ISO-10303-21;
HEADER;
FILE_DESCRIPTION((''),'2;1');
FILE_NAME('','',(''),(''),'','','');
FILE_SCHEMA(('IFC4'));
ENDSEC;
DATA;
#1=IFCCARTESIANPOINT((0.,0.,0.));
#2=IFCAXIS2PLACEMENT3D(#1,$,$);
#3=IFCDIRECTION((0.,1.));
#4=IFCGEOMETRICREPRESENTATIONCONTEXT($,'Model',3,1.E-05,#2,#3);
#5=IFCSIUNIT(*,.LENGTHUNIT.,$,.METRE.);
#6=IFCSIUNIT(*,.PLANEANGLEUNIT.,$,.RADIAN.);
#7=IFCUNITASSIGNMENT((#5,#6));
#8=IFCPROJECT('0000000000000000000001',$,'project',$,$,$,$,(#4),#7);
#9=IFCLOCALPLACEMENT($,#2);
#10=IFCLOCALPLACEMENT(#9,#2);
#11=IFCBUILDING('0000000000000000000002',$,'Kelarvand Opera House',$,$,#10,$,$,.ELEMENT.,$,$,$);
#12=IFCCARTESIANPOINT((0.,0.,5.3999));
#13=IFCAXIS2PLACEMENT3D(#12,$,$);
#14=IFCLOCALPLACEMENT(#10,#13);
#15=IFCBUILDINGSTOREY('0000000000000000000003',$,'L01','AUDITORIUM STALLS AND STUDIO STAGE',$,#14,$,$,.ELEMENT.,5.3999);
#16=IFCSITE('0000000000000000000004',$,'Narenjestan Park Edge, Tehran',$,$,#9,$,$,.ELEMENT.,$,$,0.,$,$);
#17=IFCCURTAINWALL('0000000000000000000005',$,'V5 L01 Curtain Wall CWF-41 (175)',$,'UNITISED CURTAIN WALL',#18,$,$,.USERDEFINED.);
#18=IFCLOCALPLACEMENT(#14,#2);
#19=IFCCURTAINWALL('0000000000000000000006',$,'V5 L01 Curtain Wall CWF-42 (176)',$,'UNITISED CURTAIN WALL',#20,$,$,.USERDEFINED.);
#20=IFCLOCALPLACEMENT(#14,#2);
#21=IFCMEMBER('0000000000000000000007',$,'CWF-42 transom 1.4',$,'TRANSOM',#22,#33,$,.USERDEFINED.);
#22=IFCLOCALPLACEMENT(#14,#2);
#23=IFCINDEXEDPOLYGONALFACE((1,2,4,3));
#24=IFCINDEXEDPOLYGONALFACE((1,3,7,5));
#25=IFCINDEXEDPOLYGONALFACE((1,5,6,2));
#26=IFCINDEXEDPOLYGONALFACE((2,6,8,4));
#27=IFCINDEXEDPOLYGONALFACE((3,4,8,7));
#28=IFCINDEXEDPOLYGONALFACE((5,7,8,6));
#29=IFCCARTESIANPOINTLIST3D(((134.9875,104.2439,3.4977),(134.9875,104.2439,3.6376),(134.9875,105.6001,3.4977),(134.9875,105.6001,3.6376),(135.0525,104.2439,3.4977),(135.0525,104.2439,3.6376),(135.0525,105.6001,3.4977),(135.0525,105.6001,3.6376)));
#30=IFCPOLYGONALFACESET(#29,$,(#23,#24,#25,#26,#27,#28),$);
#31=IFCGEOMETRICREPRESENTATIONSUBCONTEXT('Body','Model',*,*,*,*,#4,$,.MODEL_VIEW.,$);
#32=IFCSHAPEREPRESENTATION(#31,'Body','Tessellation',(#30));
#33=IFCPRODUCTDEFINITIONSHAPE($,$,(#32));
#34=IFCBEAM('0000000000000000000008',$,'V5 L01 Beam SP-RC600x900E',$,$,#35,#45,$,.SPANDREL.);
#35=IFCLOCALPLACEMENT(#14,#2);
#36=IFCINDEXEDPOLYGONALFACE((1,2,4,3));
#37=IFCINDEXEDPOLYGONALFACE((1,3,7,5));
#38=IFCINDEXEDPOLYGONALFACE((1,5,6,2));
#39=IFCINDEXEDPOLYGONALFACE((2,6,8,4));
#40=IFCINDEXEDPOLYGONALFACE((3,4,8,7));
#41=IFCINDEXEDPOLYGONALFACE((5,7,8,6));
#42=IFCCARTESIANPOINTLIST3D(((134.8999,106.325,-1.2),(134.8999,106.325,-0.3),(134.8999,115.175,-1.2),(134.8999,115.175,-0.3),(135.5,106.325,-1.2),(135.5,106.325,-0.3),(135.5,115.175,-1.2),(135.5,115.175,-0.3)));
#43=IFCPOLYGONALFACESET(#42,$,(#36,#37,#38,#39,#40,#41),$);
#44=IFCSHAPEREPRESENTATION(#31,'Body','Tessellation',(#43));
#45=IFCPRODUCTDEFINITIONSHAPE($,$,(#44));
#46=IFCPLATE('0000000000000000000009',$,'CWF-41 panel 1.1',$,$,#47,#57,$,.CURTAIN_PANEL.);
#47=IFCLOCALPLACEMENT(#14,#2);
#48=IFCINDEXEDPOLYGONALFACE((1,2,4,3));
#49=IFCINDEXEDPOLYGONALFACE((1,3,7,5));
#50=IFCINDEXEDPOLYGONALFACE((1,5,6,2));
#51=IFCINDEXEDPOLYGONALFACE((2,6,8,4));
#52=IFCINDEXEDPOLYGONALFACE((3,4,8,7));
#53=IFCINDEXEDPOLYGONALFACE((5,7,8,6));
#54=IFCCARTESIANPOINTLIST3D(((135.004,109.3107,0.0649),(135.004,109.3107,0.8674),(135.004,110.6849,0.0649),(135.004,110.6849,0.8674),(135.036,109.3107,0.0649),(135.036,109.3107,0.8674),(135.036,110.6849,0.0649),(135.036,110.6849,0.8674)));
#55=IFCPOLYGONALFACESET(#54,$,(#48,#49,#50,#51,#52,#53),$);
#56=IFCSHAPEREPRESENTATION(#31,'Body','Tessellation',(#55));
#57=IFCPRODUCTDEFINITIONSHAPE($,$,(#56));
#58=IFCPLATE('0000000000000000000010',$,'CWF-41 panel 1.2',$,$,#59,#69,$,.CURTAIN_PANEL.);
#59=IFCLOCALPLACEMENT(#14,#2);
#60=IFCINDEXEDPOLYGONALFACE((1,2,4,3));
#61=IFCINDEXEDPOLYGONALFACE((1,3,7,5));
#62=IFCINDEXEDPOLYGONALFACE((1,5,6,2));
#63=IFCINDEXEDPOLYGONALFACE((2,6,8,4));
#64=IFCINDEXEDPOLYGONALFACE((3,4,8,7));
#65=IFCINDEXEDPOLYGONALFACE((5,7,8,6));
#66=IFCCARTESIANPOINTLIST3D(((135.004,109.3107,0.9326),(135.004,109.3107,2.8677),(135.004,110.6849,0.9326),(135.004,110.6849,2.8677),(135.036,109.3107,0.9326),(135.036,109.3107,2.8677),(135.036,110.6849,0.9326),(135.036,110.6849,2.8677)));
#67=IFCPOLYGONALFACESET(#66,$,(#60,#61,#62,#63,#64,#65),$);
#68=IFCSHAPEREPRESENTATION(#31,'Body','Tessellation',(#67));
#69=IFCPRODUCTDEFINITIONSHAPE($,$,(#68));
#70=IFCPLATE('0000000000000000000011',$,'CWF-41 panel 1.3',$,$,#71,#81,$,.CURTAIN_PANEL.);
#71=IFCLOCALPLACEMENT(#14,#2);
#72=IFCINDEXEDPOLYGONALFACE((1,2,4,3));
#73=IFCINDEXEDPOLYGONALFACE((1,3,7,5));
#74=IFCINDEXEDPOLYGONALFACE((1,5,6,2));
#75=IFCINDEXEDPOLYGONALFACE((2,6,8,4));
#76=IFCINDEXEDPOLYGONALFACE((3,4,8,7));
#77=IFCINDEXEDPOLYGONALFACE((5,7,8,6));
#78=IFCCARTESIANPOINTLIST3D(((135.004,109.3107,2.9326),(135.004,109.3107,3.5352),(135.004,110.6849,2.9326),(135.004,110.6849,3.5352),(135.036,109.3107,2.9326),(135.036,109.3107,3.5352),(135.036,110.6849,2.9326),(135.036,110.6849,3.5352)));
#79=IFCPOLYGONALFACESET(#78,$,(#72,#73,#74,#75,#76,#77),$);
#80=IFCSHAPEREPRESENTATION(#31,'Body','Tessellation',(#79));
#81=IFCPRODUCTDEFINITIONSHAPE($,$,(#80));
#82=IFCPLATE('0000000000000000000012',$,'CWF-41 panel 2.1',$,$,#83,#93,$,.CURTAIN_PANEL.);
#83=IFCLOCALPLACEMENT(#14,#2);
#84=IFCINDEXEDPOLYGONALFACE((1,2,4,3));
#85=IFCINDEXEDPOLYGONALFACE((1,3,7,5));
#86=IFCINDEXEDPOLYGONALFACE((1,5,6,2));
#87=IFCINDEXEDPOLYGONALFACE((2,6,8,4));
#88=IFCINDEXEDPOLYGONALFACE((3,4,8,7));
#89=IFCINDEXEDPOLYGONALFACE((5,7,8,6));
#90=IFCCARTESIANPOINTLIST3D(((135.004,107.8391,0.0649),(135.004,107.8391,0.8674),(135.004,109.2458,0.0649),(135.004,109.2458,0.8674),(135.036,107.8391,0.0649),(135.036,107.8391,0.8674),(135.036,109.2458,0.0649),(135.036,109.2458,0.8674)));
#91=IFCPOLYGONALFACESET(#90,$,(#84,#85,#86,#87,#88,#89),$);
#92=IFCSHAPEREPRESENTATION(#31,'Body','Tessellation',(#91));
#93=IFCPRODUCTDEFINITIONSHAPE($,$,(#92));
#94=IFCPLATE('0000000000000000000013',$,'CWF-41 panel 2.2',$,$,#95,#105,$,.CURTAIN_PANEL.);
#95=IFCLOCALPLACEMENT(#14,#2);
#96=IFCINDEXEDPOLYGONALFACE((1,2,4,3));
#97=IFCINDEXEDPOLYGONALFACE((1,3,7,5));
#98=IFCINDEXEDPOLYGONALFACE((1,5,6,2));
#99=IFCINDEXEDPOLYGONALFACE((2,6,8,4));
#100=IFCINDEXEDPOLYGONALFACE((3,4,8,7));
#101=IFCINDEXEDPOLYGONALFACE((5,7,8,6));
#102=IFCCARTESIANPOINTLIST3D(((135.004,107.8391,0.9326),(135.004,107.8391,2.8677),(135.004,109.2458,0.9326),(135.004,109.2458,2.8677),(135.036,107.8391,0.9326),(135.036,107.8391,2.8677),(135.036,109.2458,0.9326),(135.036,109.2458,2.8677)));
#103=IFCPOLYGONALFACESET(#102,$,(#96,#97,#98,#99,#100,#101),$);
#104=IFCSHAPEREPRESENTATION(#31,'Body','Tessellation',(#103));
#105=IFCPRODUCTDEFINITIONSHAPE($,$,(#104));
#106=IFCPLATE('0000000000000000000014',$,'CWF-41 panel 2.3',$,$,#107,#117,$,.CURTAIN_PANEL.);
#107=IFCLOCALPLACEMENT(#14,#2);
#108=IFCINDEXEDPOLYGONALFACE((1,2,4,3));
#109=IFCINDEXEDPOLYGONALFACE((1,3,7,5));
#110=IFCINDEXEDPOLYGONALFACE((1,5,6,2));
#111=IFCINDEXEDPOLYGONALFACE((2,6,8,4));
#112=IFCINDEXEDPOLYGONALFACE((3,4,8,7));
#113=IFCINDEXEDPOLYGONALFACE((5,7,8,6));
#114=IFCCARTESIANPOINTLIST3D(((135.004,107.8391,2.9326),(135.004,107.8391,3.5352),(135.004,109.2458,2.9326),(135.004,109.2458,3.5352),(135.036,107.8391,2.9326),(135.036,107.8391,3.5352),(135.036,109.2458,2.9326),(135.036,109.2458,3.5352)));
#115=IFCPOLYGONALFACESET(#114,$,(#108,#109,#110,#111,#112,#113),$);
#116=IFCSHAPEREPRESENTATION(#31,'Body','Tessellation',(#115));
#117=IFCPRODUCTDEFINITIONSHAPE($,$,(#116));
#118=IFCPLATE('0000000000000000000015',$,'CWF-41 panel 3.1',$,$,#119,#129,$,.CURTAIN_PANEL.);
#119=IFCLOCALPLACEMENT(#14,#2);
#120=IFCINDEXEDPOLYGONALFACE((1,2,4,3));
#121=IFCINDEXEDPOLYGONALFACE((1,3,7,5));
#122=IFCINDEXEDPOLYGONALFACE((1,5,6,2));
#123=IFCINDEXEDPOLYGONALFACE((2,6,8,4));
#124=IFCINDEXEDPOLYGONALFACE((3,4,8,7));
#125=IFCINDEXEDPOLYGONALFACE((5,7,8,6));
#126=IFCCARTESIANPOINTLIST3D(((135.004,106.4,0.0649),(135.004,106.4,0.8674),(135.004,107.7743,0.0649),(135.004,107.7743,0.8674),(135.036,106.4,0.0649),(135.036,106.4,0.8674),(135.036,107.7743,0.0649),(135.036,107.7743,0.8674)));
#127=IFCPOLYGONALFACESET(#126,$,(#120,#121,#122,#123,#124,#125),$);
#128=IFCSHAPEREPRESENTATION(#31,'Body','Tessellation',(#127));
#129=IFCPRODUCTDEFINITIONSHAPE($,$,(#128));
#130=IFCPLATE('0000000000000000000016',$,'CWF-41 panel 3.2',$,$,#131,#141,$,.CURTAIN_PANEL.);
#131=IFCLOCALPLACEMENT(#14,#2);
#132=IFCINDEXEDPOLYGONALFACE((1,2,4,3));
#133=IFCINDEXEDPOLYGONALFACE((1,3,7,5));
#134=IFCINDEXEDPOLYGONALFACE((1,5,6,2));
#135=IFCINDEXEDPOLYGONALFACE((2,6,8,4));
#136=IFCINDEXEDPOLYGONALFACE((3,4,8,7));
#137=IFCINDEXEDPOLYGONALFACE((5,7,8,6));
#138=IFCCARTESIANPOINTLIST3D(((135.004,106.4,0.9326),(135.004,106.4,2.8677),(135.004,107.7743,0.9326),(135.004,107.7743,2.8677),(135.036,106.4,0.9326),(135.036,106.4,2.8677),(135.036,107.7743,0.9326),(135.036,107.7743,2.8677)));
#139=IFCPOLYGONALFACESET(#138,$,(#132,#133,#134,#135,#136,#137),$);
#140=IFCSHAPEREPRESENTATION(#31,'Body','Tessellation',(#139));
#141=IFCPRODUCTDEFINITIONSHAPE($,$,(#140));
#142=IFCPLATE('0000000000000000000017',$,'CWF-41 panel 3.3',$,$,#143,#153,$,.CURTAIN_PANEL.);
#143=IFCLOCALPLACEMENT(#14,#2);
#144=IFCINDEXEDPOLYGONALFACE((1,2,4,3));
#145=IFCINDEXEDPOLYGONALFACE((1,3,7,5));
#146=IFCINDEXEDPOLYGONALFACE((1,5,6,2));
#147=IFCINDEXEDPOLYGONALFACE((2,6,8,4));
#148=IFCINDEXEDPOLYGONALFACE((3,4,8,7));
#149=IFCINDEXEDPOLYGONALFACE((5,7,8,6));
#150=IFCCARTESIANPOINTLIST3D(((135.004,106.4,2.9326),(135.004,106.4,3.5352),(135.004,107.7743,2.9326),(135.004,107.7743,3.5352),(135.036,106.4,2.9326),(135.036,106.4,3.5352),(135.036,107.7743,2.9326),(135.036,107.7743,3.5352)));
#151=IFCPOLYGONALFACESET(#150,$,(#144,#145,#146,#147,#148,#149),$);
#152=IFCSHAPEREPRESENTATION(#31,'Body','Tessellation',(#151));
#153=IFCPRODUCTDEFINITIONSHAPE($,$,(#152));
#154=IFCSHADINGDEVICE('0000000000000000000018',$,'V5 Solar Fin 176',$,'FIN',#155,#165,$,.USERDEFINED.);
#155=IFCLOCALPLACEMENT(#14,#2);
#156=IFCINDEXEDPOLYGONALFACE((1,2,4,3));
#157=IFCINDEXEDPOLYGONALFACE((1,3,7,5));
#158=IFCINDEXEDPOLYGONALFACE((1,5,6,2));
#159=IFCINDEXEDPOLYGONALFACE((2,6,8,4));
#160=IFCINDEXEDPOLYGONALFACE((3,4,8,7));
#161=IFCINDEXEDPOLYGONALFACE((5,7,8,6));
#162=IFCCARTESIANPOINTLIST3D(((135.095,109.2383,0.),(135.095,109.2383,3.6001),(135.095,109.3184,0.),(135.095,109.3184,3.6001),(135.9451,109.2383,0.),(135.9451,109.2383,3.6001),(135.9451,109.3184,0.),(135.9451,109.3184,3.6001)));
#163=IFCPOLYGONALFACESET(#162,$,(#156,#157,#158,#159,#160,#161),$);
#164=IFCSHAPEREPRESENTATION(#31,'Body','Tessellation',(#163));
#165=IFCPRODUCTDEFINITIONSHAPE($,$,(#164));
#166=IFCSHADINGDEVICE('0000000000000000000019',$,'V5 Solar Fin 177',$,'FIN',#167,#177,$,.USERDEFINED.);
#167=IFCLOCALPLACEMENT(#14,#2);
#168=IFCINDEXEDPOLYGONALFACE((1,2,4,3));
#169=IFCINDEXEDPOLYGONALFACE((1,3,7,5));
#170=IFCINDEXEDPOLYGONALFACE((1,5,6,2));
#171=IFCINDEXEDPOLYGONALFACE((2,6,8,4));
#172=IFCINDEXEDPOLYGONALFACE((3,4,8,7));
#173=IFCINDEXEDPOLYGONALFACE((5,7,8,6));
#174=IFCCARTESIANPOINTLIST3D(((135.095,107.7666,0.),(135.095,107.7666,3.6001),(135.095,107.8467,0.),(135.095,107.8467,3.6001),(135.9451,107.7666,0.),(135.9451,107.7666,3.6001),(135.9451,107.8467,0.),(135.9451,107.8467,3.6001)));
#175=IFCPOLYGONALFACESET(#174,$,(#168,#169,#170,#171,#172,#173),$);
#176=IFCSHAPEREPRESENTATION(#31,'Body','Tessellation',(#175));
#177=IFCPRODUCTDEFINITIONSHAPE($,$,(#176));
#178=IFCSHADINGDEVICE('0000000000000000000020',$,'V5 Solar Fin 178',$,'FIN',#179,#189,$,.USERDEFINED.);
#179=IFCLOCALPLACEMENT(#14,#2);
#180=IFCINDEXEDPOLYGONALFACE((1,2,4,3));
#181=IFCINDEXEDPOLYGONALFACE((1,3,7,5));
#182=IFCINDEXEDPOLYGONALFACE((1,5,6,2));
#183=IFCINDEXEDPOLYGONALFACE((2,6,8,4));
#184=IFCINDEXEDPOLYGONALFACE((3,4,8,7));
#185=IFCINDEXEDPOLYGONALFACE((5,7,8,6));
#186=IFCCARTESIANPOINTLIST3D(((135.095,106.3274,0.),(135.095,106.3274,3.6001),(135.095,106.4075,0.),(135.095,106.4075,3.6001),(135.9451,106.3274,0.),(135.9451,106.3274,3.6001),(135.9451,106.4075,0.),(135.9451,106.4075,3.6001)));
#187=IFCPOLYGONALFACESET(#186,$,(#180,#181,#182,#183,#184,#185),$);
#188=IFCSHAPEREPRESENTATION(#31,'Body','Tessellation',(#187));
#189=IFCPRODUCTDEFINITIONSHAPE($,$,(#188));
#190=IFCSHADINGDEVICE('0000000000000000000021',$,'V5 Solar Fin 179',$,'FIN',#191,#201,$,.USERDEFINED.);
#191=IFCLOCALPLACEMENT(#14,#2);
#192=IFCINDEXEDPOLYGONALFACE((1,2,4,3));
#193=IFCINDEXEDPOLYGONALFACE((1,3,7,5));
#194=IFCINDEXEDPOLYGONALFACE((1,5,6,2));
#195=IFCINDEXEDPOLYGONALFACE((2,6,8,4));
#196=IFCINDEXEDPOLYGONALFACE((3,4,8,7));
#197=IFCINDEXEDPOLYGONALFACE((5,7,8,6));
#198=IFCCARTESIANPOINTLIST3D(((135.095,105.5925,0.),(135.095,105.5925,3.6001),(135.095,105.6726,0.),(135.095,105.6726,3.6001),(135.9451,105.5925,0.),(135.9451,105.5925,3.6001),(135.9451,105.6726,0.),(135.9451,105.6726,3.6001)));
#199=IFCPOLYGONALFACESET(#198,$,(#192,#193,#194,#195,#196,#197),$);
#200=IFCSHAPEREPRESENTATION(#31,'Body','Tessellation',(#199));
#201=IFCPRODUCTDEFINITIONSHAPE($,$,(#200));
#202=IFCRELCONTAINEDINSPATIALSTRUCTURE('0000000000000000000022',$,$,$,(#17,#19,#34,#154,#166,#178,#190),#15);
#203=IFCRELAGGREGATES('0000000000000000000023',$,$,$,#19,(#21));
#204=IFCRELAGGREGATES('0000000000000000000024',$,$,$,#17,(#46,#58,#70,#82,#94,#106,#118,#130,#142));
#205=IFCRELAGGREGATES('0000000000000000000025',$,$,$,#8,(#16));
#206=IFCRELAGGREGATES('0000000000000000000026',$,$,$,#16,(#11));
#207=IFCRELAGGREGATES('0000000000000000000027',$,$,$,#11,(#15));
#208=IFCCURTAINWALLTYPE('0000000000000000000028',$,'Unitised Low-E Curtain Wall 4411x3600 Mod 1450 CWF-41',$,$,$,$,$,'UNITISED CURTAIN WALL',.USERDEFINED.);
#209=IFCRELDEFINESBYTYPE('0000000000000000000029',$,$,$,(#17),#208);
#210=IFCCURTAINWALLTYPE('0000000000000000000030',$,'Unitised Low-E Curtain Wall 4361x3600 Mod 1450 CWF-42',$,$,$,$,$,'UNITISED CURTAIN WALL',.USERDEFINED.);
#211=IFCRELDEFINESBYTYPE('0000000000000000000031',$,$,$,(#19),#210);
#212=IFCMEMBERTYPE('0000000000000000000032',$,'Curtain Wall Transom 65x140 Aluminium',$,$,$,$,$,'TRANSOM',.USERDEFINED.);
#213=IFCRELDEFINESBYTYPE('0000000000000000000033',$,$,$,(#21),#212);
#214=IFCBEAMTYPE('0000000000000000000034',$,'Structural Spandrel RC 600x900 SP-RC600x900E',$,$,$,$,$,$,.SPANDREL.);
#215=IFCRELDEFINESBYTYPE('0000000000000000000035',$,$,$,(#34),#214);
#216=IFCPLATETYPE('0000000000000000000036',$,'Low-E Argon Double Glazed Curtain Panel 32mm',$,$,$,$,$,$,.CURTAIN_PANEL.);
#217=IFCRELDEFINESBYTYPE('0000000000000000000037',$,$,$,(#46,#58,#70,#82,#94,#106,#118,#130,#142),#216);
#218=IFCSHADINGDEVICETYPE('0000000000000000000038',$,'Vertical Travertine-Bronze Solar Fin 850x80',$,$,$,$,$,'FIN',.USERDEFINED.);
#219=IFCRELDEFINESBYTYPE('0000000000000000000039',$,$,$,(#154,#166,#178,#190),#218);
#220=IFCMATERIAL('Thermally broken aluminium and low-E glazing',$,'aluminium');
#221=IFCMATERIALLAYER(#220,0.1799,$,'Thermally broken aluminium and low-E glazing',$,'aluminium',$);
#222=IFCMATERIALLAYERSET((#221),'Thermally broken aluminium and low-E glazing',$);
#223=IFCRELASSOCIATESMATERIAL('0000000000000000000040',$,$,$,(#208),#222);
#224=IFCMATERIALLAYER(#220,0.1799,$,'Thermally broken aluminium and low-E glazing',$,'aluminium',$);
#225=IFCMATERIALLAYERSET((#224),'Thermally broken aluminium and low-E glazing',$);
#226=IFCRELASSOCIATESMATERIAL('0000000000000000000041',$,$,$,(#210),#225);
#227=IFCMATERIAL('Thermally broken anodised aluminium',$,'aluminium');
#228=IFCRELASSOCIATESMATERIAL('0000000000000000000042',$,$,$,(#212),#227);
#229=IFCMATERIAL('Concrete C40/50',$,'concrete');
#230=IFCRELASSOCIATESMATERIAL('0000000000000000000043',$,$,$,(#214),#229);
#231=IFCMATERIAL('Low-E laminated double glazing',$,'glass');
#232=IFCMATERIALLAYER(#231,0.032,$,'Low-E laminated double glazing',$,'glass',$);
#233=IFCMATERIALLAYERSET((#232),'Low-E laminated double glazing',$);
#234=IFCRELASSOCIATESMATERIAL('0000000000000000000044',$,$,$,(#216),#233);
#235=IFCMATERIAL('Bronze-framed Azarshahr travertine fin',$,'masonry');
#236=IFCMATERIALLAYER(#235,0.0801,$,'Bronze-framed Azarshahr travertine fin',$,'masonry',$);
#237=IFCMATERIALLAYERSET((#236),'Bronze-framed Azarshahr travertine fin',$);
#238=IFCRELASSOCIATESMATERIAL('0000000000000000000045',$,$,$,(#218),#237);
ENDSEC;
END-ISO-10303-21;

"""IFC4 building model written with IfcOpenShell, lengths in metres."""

from ifc_helpers import new_model, si_unit, direction, frame, origin, origin_2d, place, context, subcontext, project, spatial, rectangle, extrude, material, layer, layer_set, material_profile, profile_set, type_object, element, aggregate, save


model = new_model("IFC4")

# Units and contexts
model_context = context("Model", 3, precision=1e-05, world=origin(), true_north=direction((0.0, 1.0)))
body_context = subcontext(model_context, "Body", "Model", "MODEL_VIEW")
ifc_project = project(units=[si_unit("LENGTHUNIT", "METRE"), si_unit("PLANEANGLEUNIT", "RADIAN")], contexts=[model_context])

# Site, building, storey
site_placement = place(None, origin())
site = spatial("IfcSite", under=ifc_project, at=site_placement, Name="Narenjestan Park Edge, Tehran", CompositionType="ELEMENT", RefElevation=0.0)
building_placement = place(site_placement, origin())
building = spatial("IfcBuilding", under=site, at=building_placement, Name="Kelarvand Opera House", CompositionType="ELEMENT")
storey_placement = place(building_placement, frame((0.0, 0.0, 5.3999)))
storey = spatial("IfcBuildingStorey", under=building, at=storey_placement, Name="L01", Description="AUDITORIUM STALLS AND STUDIO STAGE", CompositionType="ELEMENT", Elevation=5.3999)

# Shared definitions
ifc_material_1 = material(Name="Concrete C40/50", Category="concrete")

# Curtain wall
ifc_material_2 = material(Name="Thermally broken aluminium and low-E glazing", Category="aluminium")
ifc_layer_1 = layer(ifc_material_2, 0.1799, Name="Thermally broken aluminium and low-E glazing", Category="aluminium")
ifc_layer_set_1 = layer_set([ifc_layer_1], Name="Thermally broken aluminium and low-E glazing")
curtain_wall_type_1 = type_object("IfcCurtainWallType", Name="Unitised Low-E Curtain Wall 4411x3600 Mod 1450 CWF-41", ElementType="UNITISED CURTAIN WALL", PredefinedType="USERDEFINED", material=ifc_layer_set_1)
curtain_wall_1_placement = place(storey_placement, origin())
curtain_wall_1 = element("IfcCurtainWall", 1, at=curtain_wall_1_placement, inside=storey, type_object=curtain_wall_type_1, Name="V5 L01 Curtain Wall CWF-41 (175)", ObjectType="UNITISED CURTAIN WALL", PredefinedType="USERDEFINED")
ifc_material_3 = material(Name="Thermally broken anodised aluminium", Category="aluminium")

# Curtain wall
ifc_layer_2 = layer(ifc_material_2, 0.1799, Name="Thermally broken aluminium and low-E glazing", Category="aluminium")
ifc_layer_set_2 = layer_set([ifc_layer_2], Name="Thermally broken aluminium and low-E glazing")
curtain_wall_type_2 = type_object("IfcCurtainWallType", Name="Unitised Low-E Curtain Wall 4361x3600 Mod 1450 CWF-42", ElementType="UNITISED CURTAIN WALL", PredefinedType="USERDEFINED", material=ifc_layer_set_2)
curtain_wall_2_placement = place(storey_placement, origin())
curtain_wall_2 = element("IfcCurtainWall", 2, at=curtain_wall_2_placement, inside=storey, type_object=curtain_wall_type_2, Name="V5 L01 Curtain Wall CWF-42 (176)", ObjectType="UNITISED CURTAIN WALL", PredefinedType="USERDEFINED")

# Member
ifc_material_profile_1 = material_profile(ifc_material_3, rectangle(XDim=0.0649, YDim=0.1399, at=origin_2d()), Name="ALU TRANSOM 65x140", Category="aluminium")
ifc_profile_set_1 = profile_set([ifc_material_profile_1], Name="Thermally broken anodised aluminium")
member_type_1 = type_object("IfcMemberType", Name="Curtain Wall Transom 65x140 Aluminium", ElementType="TRANSOM", PredefinedType="USERDEFINED", material=ifc_profile_set_1)
member_1_placement = place(storey_placement, frame((135.02, 105.6001, 3.5676), z_axis=(0.0, -1.0, 0.0), x_axis=(1.0, 0.0, 0.0)))
member_1 = element("IfcMember", 3, at=member_1_placement, type_object=member_type_1, Name="CWF-42 transom 1.4", ObjectType="TRANSOM", PredefinedType="USERDEFINED", context=body_context, shape_type="SweptSolid", body=[
    extrude(rectangle(XDim=0.0649, YDim=0.1399, at=origin_2d()), origin(), (0.0, 0.0, 1.0), 1.3562),
])
aggregate(curtain_wall_2, [member_1])

# Beam
ifc_material_profile_2 = material_profile(ifc_material_1, rectangle(XDim=0.6001, YDim=0.8999, at=origin_2d()), Name="RC 600x900", Category="concrete")
ifc_profile_set_2 = profile_set([ifc_material_profile_2], Name="Concrete C40/50")
beam_type = type_object("IfcBeamType", Name="Structural Spandrel RC 600x900 SP-RC600x900E", PredefinedType="SPANDREL", material=ifc_profile_set_2)
beam_placement = place(storey_placement, frame((135.2, 106.325, -0.75), z_axis=(0.0, 1.0, 0.0), x_axis=(-1.0, 0.0, 0.0)))
element("IfcBeam", 4, at=beam_placement, inside=storey, type_object=beam_type, Name="V5 L01 Beam SP-RC600x900E", PredefinedType="SPANDREL", context=body_context, shape_type="SweptSolid", body=[
    extrude(rectangle(XDim=0.6001, YDim=0.8999, at=origin_2d()), origin(), (0.0, 0.0, 1.0), 8.8501),
])

# Plates
ifc_material_4 = material(Name="Low-E laminated double glazing", Category="glass")
ifc_layer_3 = layer(ifc_material_4, 0.032, Name="Low-E laminated double glazing", Category="glass")
ifc_layer_set_3 = layer_set([ifc_layer_3], Name="Low-E laminated double glazing")
plate_type = type_object("IfcPlateType", Name="Low-E Argon Double Glazed Curtain Panel 32mm", PredefinedType="CURTAIN_PANEL", material=ifc_layer_set_3)
plate_1_placement = place(storey_placement, frame((135.02, 109.9978, 0.0649), z_axis=(0.0, 0.0, 1.0), x_axis=(0.0, -1.0, 0.0)))
plate_1 = element("IfcPlate", 5, at=plate_1_placement, type_object=plate_type, Name="CWF-41 panel 1.1", PredefinedType="CURTAIN_PANEL", context=body_context, shape_type="SweptSolid", body=[
    extrude(rectangle(XDim=1.3743, YDim=0.032, at=origin_2d()), origin(), (0.0, 0.0, 1.0), 0.8025),
])
plate_2_placement = place(storey_placement, frame((135.02, 109.9978, 0.9326), z_axis=(0.0, 0.0, 1.0), x_axis=(0.0, -1.0, 0.0)))
plate_2 = element("IfcPlate", 6, at=plate_2_placement, type_object=plate_type, Name="CWF-41 panel 1.2", PredefinedType="CURTAIN_PANEL", context=body_context, shape_type="SweptSolid", body=[
    extrude(rectangle(XDim=1.3743, YDim=0.032, at=origin_2d()), origin(), (0.0, 0.0, 1.0), 1.9351),
])
plate_3_placement = place(storey_placement, frame((135.02, 109.9978, 2.9326), z_axis=(0.0, 0.0, 1.0), x_axis=(0.0, -1.0, 0.0)))
plate_3 = element("IfcPlate", 7, at=plate_3_placement, type_object=plate_type, Name="CWF-41 panel 1.3", PredefinedType="CURTAIN_PANEL", context=body_context, shape_type="SweptSolid", body=[
    extrude(rectangle(XDim=1.3743, YDim=0.032, at=origin_2d()), origin(), (0.0, 0.0, 1.0), 0.6025),
])
plate_4_placement = place(storey_placement, frame((135.02, 108.5425, 0.0649), z_axis=(0.0, 0.0, 1.0), x_axis=(0.0, -1.0, 0.0)))
plate_4 = element("IfcPlate", 8, at=plate_4_placement, type_object=plate_type, Name="CWF-41 panel 2.1", PredefinedType="CURTAIN_PANEL", context=body_context, shape_type="SweptSolid", body=[
    extrude(rectangle(XDim=1.4067, YDim=0.032, at=origin_2d()), origin(), (0.0, 0.0, 1.0), 0.8025),
])
plate_5_placement = place(storey_placement, frame((135.02, 108.5425, 0.9326), z_axis=(0.0, 0.0, 1.0), x_axis=(0.0, -1.0, 0.0)))
plate_5 = element("IfcPlate", 9, at=plate_5_placement, type_object=plate_type, Name="CWF-41 panel 2.2", PredefinedType="CURTAIN_PANEL", context=body_context, shape_type="SweptSolid", body=[
    extrude(rectangle(XDim=1.4067, YDim=0.032, at=origin_2d()), origin(), (0.0, 0.0, 1.0), 1.9351),
])
plate_6_placement = place(storey_placement, frame((135.02, 108.5425, 2.9326), z_axis=(0.0, 0.0, 1.0), x_axis=(0.0, -1.0, 0.0)))
plate_6 = element("IfcPlate", 10, at=plate_6_placement, type_object=plate_type, Name="CWF-41 panel 2.3", PredefinedType="CURTAIN_PANEL", context=body_context, shape_type="SweptSolid", body=[
    extrude(rectangle(XDim=1.4067, YDim=0.032, at=origin_2d()), origin(), (0.0, 0.0, 1.0), 0.6025),
])
plate_7_placement = place(storey_placement, frame((135.02, 107.0872, 0.0649), z_axis=(0.0, 0.0, 1.0), x_axis=(0.0, -1.0, 0.0)))
plate_7 = element("IfcPlate", 11, at=plate_7_placement, type_object=plate_type, Name="CWF-41 panel 3.1", PredefinedType="CURTAIN_PANEL", context=body_context, shape_type="SweptSolid", body=[
    extrude(rectangle(XDim=1.3743, YDim=0.032, at=origin_2d()), origin(), (0.0, 0.0, 1.0), 0.8025),
])
plate_8_placement = place(storey_placement, frame((135.02, 107.0872, 0.9326), z_axis=(0.0, 0.0, 1.0), x_axis=(0.0, -1.0, 0.0)))
plate_8 = element("IfcPlate", 12, at=plate_8_placement, type_object=plate_type, Name="CWF-41 panel 3.2", PredefinedType="CURTAIN_PANEL", context=body_context, shape_type="SweptSolid", body=[
    extrude(rectangle(XDim=1.3743, YDim=0.032, at=origin_2d()), origin(), (0.0, 0.0, 1.0), 1.9351),
])
plate_9_placement = place(storey_placement, frame((135.02, 107.0872, 2.9326), z_axis=(0.0, 0.0, 1.0), x_axis=(0.0, -1.0, 0.0)))
plate_9 = element("IfcPlate", 13, at=plate_9_placement, type_object=plate_type, Name="CWF-41 panel 3.3", PredefinedType="CURTAIN_PANEL", context=body_context, shape_type="SweptSolid", body=[
    extrude(rectangle(XDim=1.3743, YDim=0.032, at=origin_2d()), origin(), (0.0, 0.0, 1.0), 0.6025),
])
aggregate(curtain_wall_1, [plate_1, plate_2, plate_3, plate_4, plate_5, plate_6, plate_7, plate_8, plate_9])

# Shading devices
ifc_material_5 = material(Name="Bronze-framed Azarshahr travertine fin", Category="masonry")
ifc_layer_4 = layer(ifc_material_5, 0.0801, Name="Bronze-framed Azarshahr travertine fin", Category="masonry")
ifc_layer_set_4 = layer_set([ifc_layer_4], Name="Bronze-framed Azarshahr travertine fin")
shading_device_type = type_object("IfcShadingDeviceType", Name="Vertical Travertine-Bronze Solar Fin 850x80", ElementType="FIN", PredefinedType="USERDEFINED", material=ifc_layer_set_4)
for number, where, z_axis, x_axis, name in (
    (14, (135.52, 109.2783, 0.0), (0.0, 0.0, 1.0), (1.0, 0.0, 0.0), "V5 Solar Fin 176"),
    (15, (135.52, 107.8066, 0.0), (0.0, 0.0, 1.0), (1.0, 0.0, 0.0), "V5 Solar Fin 177"),
    (16, (135.52, 106.3674, 0.0), (0.0, 0.0, 1.0), (1.0, 0.0, 0.0), "V5 Solar Fin 178"),
    (17, (135.52, 105.6326, 0.0), (0.0, 0.0, 1.0), (1.0, 0.0, 0.0), "V5 Solar Fin 179"),
):
    element("IfcShadingDevice", number, at=place(storey_placement, frame(where, z_axis=z_axis, x_axis=x_axis)), inside=storey, type_object=shading_device_type, Name=name, ObjectType="FIN", PredefinedType="USERDEFINED", context=body_context, shape_type="SweptSolid", body=[
        extrude(rectangle(XDim=0.8501, YDim=0.0801, at=origin_2d()), origin(), (0.0, 0.0, 1.0), 3.6001),
    ])

save(model, "model.ifc")
